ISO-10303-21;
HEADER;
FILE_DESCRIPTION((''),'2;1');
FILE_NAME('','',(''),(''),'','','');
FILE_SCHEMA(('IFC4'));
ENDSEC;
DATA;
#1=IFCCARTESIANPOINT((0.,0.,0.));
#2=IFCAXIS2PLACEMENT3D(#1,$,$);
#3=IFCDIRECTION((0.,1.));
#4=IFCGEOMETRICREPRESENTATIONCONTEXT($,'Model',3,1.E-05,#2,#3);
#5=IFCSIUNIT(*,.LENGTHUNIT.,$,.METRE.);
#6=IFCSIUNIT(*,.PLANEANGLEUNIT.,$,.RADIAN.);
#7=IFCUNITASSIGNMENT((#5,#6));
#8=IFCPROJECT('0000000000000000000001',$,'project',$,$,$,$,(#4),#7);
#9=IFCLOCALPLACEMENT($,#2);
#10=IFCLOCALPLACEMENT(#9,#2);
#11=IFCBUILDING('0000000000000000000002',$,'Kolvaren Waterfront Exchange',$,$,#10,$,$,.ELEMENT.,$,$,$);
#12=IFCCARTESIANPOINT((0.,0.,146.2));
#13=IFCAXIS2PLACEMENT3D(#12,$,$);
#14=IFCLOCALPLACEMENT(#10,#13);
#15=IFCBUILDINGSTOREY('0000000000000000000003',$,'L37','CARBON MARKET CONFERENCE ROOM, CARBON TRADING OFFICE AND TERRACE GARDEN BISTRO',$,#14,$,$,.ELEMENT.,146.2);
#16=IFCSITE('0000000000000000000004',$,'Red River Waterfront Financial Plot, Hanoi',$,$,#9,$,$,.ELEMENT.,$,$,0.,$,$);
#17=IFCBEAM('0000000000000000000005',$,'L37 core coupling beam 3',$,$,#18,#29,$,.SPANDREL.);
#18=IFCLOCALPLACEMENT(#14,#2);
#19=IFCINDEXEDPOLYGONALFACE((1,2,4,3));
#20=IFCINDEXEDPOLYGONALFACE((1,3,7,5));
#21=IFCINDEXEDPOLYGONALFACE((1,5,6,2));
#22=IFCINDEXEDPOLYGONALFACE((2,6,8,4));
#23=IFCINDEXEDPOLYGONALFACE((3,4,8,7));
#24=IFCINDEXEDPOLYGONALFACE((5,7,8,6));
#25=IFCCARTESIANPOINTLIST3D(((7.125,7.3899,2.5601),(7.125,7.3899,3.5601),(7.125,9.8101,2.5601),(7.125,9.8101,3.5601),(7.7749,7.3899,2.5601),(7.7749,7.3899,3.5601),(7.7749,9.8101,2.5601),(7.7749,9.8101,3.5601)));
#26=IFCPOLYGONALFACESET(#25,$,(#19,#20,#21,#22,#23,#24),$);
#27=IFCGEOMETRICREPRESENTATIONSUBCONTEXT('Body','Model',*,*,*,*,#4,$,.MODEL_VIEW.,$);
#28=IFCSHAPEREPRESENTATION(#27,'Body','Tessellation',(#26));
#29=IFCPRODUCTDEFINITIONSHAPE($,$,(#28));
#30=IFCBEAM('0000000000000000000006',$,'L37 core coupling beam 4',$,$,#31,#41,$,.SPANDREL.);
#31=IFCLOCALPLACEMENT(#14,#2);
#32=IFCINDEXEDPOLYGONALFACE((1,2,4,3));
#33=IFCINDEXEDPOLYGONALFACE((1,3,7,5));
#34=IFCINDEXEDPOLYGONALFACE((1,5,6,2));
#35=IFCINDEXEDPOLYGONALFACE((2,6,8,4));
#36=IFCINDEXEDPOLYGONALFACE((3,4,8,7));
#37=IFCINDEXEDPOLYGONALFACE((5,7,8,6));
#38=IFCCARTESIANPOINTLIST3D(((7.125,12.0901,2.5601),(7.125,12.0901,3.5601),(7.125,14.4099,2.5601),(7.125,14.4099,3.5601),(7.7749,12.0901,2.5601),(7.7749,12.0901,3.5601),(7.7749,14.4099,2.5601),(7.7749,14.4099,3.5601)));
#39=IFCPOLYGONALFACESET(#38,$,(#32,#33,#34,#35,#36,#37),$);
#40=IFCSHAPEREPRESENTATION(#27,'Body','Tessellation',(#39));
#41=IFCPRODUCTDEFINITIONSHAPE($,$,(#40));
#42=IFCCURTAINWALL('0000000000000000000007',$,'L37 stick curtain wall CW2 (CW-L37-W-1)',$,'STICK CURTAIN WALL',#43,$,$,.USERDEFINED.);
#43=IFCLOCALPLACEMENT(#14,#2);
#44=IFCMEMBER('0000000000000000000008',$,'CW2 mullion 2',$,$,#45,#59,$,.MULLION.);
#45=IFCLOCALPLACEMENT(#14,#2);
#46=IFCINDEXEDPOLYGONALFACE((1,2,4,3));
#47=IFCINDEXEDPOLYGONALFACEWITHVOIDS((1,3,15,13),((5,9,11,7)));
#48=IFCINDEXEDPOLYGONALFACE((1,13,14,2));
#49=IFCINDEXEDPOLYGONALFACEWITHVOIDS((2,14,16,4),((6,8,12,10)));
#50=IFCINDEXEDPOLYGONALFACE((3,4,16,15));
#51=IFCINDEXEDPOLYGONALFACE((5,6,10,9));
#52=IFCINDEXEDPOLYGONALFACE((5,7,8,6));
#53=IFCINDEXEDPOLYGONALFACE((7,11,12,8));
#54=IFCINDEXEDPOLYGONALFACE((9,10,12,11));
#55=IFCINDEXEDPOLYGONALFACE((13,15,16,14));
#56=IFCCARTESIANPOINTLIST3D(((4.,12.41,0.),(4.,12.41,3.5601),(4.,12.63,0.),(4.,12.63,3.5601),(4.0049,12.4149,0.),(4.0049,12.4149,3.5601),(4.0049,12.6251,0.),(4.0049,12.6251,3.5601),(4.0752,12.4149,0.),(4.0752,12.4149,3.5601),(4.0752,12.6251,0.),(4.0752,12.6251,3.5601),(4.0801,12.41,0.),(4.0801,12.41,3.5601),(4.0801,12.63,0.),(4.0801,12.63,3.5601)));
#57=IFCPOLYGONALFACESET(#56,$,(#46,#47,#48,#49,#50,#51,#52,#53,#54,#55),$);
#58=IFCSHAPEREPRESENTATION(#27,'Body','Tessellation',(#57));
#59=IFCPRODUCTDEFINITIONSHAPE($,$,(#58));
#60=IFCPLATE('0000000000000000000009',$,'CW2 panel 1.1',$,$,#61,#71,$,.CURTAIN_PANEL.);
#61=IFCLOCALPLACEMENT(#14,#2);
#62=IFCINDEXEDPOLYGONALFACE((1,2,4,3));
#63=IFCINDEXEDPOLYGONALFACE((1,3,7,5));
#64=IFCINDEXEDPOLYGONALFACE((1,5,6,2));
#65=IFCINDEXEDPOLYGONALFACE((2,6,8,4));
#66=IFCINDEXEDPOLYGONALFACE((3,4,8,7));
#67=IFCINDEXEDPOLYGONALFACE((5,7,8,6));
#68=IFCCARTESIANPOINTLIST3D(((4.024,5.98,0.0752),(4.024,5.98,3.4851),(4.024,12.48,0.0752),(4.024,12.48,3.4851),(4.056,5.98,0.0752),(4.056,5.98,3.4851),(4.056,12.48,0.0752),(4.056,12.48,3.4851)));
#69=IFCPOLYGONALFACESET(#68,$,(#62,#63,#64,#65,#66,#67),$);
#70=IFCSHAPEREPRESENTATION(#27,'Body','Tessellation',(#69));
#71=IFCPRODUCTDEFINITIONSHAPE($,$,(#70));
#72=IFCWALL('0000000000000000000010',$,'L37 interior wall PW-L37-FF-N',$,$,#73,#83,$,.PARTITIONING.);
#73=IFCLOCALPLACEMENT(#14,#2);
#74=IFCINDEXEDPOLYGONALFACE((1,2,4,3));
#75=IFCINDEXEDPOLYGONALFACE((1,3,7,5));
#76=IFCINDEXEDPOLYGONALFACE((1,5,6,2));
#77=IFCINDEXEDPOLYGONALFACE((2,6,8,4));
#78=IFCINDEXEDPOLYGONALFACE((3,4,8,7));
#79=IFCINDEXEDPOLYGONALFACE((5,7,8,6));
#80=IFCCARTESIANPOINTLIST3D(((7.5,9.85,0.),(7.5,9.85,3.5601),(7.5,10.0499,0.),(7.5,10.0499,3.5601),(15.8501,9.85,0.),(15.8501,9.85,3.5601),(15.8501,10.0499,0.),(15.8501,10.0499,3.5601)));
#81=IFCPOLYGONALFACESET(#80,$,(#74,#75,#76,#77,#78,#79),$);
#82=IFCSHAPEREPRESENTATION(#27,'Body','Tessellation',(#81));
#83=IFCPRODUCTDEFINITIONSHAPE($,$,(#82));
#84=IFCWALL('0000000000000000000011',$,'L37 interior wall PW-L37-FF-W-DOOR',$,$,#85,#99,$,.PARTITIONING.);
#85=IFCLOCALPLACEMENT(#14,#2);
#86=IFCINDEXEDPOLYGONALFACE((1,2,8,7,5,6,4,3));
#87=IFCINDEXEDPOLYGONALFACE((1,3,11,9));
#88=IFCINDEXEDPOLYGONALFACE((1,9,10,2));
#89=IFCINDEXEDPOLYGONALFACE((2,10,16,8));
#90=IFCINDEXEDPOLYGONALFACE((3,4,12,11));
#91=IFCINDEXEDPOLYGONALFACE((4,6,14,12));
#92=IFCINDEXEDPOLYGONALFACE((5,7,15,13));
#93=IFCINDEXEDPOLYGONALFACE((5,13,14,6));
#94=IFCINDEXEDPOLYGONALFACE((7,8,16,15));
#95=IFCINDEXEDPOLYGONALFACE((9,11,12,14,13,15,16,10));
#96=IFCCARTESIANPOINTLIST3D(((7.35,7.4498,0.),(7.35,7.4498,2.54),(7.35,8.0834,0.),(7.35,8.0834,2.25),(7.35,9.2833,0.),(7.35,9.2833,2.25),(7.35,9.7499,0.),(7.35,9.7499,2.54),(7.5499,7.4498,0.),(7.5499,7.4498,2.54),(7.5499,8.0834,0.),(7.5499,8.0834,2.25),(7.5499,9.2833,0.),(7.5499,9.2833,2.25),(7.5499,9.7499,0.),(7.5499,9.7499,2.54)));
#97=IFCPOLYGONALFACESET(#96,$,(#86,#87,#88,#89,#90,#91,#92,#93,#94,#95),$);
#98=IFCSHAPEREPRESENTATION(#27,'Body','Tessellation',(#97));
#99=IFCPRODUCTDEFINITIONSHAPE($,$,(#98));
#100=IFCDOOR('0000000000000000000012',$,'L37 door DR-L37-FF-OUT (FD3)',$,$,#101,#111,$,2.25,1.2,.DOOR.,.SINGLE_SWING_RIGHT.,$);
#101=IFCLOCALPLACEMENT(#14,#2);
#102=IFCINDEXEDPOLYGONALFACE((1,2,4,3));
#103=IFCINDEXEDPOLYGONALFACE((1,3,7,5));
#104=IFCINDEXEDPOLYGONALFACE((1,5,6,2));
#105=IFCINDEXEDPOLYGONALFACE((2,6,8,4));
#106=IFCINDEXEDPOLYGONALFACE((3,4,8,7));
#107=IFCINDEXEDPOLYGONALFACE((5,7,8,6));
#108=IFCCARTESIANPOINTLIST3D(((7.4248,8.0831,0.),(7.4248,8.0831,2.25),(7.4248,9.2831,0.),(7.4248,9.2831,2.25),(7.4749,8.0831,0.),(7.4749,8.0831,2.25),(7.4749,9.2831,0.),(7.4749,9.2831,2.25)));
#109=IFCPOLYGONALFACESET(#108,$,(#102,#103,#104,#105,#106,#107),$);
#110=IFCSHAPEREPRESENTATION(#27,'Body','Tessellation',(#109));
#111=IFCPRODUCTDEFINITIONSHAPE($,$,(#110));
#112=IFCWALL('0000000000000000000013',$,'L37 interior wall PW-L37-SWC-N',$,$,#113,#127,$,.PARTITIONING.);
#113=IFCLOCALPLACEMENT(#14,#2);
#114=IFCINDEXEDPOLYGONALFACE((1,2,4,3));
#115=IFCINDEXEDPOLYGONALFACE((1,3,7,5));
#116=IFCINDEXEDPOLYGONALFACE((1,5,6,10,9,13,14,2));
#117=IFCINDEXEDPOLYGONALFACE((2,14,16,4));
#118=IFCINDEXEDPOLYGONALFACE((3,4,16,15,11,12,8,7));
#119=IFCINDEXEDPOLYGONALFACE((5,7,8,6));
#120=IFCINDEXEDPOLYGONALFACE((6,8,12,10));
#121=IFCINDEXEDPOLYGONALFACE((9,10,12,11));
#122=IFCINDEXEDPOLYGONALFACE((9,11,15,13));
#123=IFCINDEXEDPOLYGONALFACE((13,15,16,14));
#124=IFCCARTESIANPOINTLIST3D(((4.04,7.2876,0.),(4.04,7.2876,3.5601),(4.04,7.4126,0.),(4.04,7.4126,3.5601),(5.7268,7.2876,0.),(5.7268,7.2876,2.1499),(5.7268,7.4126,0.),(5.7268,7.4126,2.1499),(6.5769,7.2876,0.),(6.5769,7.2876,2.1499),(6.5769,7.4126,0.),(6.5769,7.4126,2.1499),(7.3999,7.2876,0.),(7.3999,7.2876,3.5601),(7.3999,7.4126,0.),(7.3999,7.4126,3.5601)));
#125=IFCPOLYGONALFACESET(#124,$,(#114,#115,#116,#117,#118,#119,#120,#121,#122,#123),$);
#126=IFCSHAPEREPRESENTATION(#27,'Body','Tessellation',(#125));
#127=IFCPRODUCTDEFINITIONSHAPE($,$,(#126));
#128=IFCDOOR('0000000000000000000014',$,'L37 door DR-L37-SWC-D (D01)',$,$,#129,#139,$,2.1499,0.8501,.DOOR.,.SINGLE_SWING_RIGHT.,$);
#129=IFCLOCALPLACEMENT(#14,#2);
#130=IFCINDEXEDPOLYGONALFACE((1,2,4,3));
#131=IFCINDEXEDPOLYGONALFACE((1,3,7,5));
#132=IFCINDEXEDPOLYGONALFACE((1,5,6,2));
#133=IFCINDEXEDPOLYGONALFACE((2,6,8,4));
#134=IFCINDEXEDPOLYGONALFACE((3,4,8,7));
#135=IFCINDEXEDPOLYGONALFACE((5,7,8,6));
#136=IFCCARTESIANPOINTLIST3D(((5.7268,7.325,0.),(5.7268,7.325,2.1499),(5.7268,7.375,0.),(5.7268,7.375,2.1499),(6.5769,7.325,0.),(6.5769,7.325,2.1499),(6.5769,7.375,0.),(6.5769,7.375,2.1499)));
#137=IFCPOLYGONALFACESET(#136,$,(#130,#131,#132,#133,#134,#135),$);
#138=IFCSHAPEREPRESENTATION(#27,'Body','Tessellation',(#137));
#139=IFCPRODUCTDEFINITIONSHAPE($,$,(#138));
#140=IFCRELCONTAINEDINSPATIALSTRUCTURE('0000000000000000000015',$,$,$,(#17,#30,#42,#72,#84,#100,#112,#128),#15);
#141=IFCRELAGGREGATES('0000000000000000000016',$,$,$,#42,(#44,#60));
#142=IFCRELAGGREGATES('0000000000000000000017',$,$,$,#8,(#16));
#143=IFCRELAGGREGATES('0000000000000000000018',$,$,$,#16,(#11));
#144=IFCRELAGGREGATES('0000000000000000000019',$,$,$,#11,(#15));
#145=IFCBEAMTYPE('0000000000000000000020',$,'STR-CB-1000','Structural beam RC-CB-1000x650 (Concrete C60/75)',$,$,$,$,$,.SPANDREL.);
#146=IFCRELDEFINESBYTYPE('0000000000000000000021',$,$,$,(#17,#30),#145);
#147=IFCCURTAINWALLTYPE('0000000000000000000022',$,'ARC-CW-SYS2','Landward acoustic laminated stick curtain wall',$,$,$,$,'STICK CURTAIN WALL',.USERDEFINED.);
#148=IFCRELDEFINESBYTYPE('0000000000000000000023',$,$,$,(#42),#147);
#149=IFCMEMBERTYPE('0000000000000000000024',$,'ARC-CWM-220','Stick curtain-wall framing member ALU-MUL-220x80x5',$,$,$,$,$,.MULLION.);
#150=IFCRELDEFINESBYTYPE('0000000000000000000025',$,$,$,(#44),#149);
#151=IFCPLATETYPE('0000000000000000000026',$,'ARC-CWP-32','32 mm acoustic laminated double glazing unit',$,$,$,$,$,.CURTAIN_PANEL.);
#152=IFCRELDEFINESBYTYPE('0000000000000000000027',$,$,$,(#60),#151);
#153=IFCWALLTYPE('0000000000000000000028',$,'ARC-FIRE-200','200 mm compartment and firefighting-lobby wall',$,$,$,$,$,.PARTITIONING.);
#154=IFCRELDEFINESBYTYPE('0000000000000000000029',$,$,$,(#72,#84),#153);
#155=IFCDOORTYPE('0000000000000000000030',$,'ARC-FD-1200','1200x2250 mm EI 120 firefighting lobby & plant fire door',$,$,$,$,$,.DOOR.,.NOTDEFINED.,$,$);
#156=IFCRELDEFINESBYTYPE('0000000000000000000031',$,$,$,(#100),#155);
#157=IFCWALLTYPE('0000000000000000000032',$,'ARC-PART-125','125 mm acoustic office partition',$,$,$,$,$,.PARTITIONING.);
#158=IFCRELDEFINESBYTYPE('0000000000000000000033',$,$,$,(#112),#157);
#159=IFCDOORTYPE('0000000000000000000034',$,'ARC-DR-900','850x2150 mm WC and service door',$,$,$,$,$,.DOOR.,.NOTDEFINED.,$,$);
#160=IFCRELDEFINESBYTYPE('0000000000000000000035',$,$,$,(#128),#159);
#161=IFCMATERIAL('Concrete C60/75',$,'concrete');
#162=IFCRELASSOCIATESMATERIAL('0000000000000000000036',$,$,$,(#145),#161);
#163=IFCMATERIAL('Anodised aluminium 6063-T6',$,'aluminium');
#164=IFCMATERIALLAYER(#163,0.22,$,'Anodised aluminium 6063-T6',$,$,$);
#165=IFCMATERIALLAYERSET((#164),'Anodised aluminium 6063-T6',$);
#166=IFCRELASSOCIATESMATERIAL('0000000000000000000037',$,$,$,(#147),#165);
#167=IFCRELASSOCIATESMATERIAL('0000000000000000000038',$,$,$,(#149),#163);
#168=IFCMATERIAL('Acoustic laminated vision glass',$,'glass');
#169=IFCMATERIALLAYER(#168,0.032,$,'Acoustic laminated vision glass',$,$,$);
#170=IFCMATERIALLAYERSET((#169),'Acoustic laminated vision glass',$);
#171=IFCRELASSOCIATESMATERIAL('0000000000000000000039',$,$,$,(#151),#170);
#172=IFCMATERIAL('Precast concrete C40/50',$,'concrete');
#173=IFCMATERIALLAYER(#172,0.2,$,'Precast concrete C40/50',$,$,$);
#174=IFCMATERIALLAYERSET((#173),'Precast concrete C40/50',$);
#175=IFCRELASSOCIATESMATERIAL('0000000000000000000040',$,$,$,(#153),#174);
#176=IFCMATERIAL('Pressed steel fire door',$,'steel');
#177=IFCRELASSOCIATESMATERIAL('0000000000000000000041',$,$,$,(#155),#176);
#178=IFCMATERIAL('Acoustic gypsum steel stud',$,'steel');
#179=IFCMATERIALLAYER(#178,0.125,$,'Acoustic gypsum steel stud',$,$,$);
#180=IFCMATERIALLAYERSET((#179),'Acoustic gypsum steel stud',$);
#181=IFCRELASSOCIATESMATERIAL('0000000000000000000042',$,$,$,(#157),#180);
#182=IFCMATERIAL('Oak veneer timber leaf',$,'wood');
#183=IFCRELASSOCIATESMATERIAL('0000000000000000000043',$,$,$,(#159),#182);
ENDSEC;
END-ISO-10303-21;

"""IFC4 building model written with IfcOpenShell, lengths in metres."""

from ifc_helpers import new_model, si_unit, direction, frame, frame_2d, origin, origin_with_axes, origin_2d, place, context, subcontext, project, spatial, rectangle, hollow_rectangle, extrude, source, transform, mapped, material, layer, layer_set, material_profile, profile_set, type_object, element, fill, aggregate, save


model = new_model("IFC4")

# Units and contexts
model_context = context("Model", 3, precision=1e-05, world=origin(), true_north=direction((0.0, 1.0)))
body_context = subcontext(model_context, "Body", "Model", "MODEL_VIEW")
ifc_project = project(units=[si_unit("LENGTHUNIT", "METRE"), si_unit("PLANEANGLEUNIT", "RADIAN")], contexts=[model_context])

# Site, building, storey
site_placement = place(None, origin())
site = spatial("IfcSite", under=ifc_project, at=site_placement, Name="Red River Waterfront Financial Plot, Hanoi", CompositionType="ELEMENT", RefElevation=0.0)
building_placement = place(site_placement, origin())
building = spatial("IfcBuilding", under=site, at=building_placement, Name="Kolvaren Waterfront Exchange", CompositionType="ELEMENT")
storey_placement = place(building_placement, frame((0.0, 0.0, 146.2)))
storey = spatial("IfcBuildingStorey", under=building, at=storey_placement, Name="L37", Description="CARBON MARKET CONFERENCE ROOM, CARBON TRADING OFFICE AND TERRACE GARDEN BISTRO", CompositionType="ELEMENT", Elevation=146.2)

# Beams
ifc_material_1 = material(Name="Concrete C60/75", Category="concrete")
ifc_material_profile_1 = material_profile(ifc_material_1, rectangle(XDim=0.6499, YDim=1.0, at=origin_2d()), Name="RC-CB-1000x650")
ifc_profile_set_1 = profile_set([ifc_material_profile_1], Name="Concrete C60/75")
beam_type = type_object("IfcBeamType", Name="STR-CB-1000", Description="Structural beam RC-CB-1000x650 (Concrete C60/75)", PredefinedType="SPANDREL", material=ifc_profile_set_1)
beam_1_placement = place(storey_placement, frame((7.45, 7.3899, 3.0601), z_axis=(0.0, 1.0, 0.0), x_axis=(-1.0, 0.0, 0.0)))
element("IfcBeam", 1, at=beam_1_placement, inside=storey, type_object=beam_type, Name="L37 core coupling beam 3", PredefinedType="SPANDREL", context=body_context, shape_type="SweptSolid", body=[
    extrude(rectangle(XDim=0.6499, YDim=1.0, at=origin_2d()), origin(), (0.0, 0.0, 1.0), 2.4202),
])
beam_2_placement = place(storey_placement, frame((7.45, 12.0901, 3.0601), z_axis=(0.0, 1.0, 0.0), x_axis=(-1.0, 0.0, 0.0)))
element("IfcBeam", 2, at=beam_2_placement, inside=storey, type_object=beam_type, Name="L37 core coupling beam 4", PredefinedType="SPANDREL", context=body_context, shape_type="SweptSolid", body=[
    extrude(rectangle(XDim=0.6499, YDim=1.0, at=origin_2d()), origin(), (0.0, 0.0, 1.0), 2.3198),
])

# Curtain wall, member, plate
ifc_material_2 = material(Name="Anodised aluminium 6063-T6", Category="aluminium")
ifc_layer_1 = layer(ifc_material_2, 0.22, Name="Anodised aluminium 6063-T6")
ifc_layer_set_1 = layer_set([ifc_layer_1], Name="Anodised aluminium 6063-T6")
curtain_wall_type = type_object("IfcCurtainWallType", Name="ARC-CW-SYS2", Description="Landward acoustic laminated stick curtain wall", ElementType="STICK CURTAIN WALL", PredefinedType="USERDEFINED", material=ifc_layer_set_1)
curtain_wall_placement = place(storey_placement, origin())
curtain_wall = element("IfcCurtainWall", 3, at=curtain_wall_placement, inside=storey, type_object=curtain_wall_type, Name="L37 stick curtain wall CW2 (CW-L37-W-1)", ObjectType="STICK CURTAIN WALL", PredefinedType="USERDEFINED")
ifc_material_profile_2 = material_profile(ifc_material_2, hollow_rectangle(XDim=0.0801, YDim=0.22, WallThickness=0.0049, at=origin_2d()), Name="ALU-MUL-220x80x5")
ifc_profile_set_2 = profile_set([ifc_material_profile_2], Name="Anodised aluminium 6063-T6")
member_type = type_object("IfcMemberType", Name="ARC-CWM-220", Description="Stick curtain-wall framing member ALU-MUL-220x80x5", PredefinedType="MULLION", material=ifc_profile_set_2)
shared_shape_1 = source(origin_with_axes(), body_context, "Body", "SweptSolid", [
    extrude(hollow_rectangle(XDim=0.0801, YDim=0.22, WallThickness=0.0049, at=origin_2d()), origin(), (0.0, 0.0, 1.0), 3.5601),
])
member_placement = place(storey_placement, frame((4.04, 12.52, 0.0), z_axis=(0.0, 0.0, 1.0), x_axis=(-1.0, 0.0, 0.0)))
member = element("IfcMember", 4, at=member_placement, type_object=member_type, Name="CW2 mullion 2", PredefinedType="MULLION", context=body_context, shape_type="MappedRepresentation", body=[
    mapped(shared_shape_1, transform((0.0, 0.0, 0.0), x_axis=(1.0, 0.0, 0.0), y_axis=(0.0, 1.0, 0.0), z_axis=(0.0, 0.0, 1.0), scale=1.0)),
])
ifc_material_3 = material(Name="Acoustic laminated vision glass", Category="glass")
ifc_layer_2 = layer(ifc_material_3, 0.032, Name="Acoustic laminated vision glass")
ifc_layer_set_2 = layer_set([ifc_layer_2], Name="Acoustic laminated vision glass")
plate_type = type_object("IfcPlateType", Name="ARC-CWP-32", Description="32 mm acoustic laminated double glazing unit", PredefinedType="CURTAIN_PANEL", material=ifc_layer_set_2)
shared_shape_2 = source(origin_with_axes(), body_context, "Body", "SweptSolid", [
    extrude(rectangle(XDim=6.5, YDim=0.032, at=origin_2d()), origin(), (0.0, 0.0, 1.0), 3.4099),
])
plate_placement = place(storey_placement, frame((4.04, 9.23, 0.0752), z_axis=(0.0, 0.0, 1.0), x_axis=(0.0, 1.0, 0.0)))
plate = element("IfcPlate", 5, at=plate_placement, type_object=plate_type, Name="CW2 panel 1.1", PredefinedType="CURTAIN_PANEL", context=body_context, shape_type="MappedRepresentation", body=[
    mapped(shared_shape_2, transform((0.0, 0.0, 0.0), x_axis=(1.0, 0.0, 0.0), y_axis=(0.0, 1.0, 0.0), z_axis=(0.0, 0.0, 1.0), scale=1.0)),
])
aggregate(curtain_wall, [member, plate])

# Wall
ifc_material_4 = material(Name="Precast concrete C40/50", Category="concrete")
ifc_layer_3 = layer(ifc_material_4, 0.2, Name="Precast concrete C40/50")
ifc_layer_set_3 = layer_set([ifc_layer_3], Name="Precast concrete C40/50")
wall_type_1 = type_object("IfcWallType", Name="ARC-FIRE-200", Description="200 mm compartment and firefighting-lobby wall", PredefinedType="PARTITIONING", material=ifc_layer_set_3)
wall_1_placement = place(storey_placement, frame((7.5, 9.95, 0.0), z_axis=(0.0, 0.0, 1.0), x_axis=(1.0, 0.0, 0.0)))
element("IfcWall", 6, at=wall_1_placement, inside=storey, type_object=wall_type_1, Name="L37 interior wall PW-L37-FF-N", PredefinedType="PARTITIONING", context=body_context, shape_type="SweptSolid", body=[
    extrude(rectangle(XDim=8.3501, YDim=0.2, at=frame_2d((4.175, 0.0))), origin(), (0.0, 0.0, 1.0), 3.5601),
])

# Walls, openings, doors
wall_2_placement = place(storey_placement, frame((7.45, 7.45, 0.0), z_axis=(0.0, 0.0, 1.0), x_axis=(0.0, 1.0, 0.0)))
wall_2 = element("IfcWall", 7, at=wall_2_placement, inside=storey, type_object=wall_type_1, Name="L37 interior wall PW-L37-FF-W-DOOR", PredefinedType="PARTITIONING", context=body_context, shape_type="SweptSolid", body=[
    extrude(rectangle(XDim=2.3, YDim=0.2, at=frame_2d((1.1499, 0.0))), origin(), (0.0, 0.0, 1.0), 2.54),
])
opening_1_placement = place(wall_2_placement, frame((0.6333, 0.0, 0.0)))
opening_1 = element("IfcOpeningElement", 8, at=opening_1_placement, cuts=wall_2, PredefinedType="OPENING", context=body_context, shape_type="SweptSolid", body=[
    extrude(rectangle(XDim=1.2, YDim=2.25, at=frame_2d((0.6001, 1.125))), frame((0.0, 0.1099, 0.0), z_axis=(0.0, -1.0, 0.0), x_axis=(1.0, 0.0, 0.0)), (0.0, 0.0, 1.0), 0.22),
])
ifc_material_5 = material(Name="Pressed steel fire door", Category="steel")
door_type_1 = type_object("IfcDoorType", Name="ARC-FD-1200", Description="1200x2250 mm EI 120 firefighting lobby & plant fire door", OperationType="NOTDEFINED", PredefinedType="DOOR", material=ifc_material_5)
door_1_placement = place(opening_1_placement, frame((1.2, 0.0, 0.0), z_axis=(0.0, 0.0, 1.0), x_axis=(-1.0, 0.0, 0.0)))
door_1 = element("IfcDoor", 9, at=door_1_placement, inside=storey, type_object=door_type_1, Name="L37 door DR-L37-FF-OUT (FD3)", OperationType="SINGLE_SWING_RIGHT", OverallHeight=2.25, OverallWidth=1.2, PredefinedType="DOOR", context=body_context, shape_type="SweptSolid", body=[
    extrude(rectangle(XDim=1.2, YDim=2.25, at=frame_2d((0.6001, 1.125))), frame((0.0, 0.0249, 0.0), z_axis=(0.0, -1.0, 0.0), x_axis=(1.0, 0.0, 0.0)), (0.0, 0.0, 1.0), 0.05),
])
fill(opening_1, door_1)
ifc_material_6 = material(Name="Acoustic gypsum steel stud", Category="steel")
ifc_layer_4 = layer(ifc_material_6, 0.125, Name="Acoustic gypsum steel stud")
ifc_layer_set_4 = layer_set([ifc_layer_4], Name="Acoustic gypsum steel stud")
wall_type_2 = type_object("IfcWallType", Name="ARC-PART-125", Description="125 mm acoustic office partition", PredefinedType="PARTITIONING", material=ifc_layer_set_4)
wall_3_placement = place(storey_placement, frame((4.04, 7.3501, 0.0), z_axis=(0.0, 0.0, 1.0), x_axis=(1.0, 0.0, 0.0)))
wall_3 = element("IfcWall", 10, at=wall_3_placement, inside=storey, type_object=wall_type_2, Name="L37 interior wall PW-L37-SWC-N", PredefinedType="PARTITIONING", context=body_context, shape_type="SweptSolid", body=[
    extrude(rectangle(XDim=3.3599, YDim=0.125, at=frame_2d((1.6799, 0.0))), origin(), (0.0, 0.0, 1.0), 3.5601),
])
opening_2_placement = place(wall_3_placement, frame((1.6868, 0.0, 0.0)))
opening_2 = element("IfcOpeningElement", 11, at=opening_2_placement, cuts=wall_3, PredefinedType="OPENING", context=body_context, shape_type="SweptSolid", body=[
    extrude(rectangle(XDim=0.8501, YDim=2.1499, at=frame_2d((0.425, 1.075))), frame((0.0, 0.0725, 0.0), z_axis=(0.0, -1.0, 0.0), x_axis=(1.0, 0.0, 0.0)), (0.0, 0.0, 1.0), 0.145),
])
ifc_material_7 = material(Name="Oak veneer timber leaf", Category="wood")
door_type_2 = type_object("IfcDoorType", Name="ARC-DR-900", Description="850x2150 mm WC and service door", OperationType="NOTDEFINED", PredefinedType="DOOR", material=ifc_material_7)
door_2_placement = place(opening_2_placement, origin())
door_2 = element("IfcDoor", 12, at=door_2_placement, inside=storey, type_object=door_type_2, Name="L37 door DR-L37-SWC-D (D01)", OperationType="SINGLE_SWING_RIGHT", OverallHeight=2.1499, OverallWidth=0.8501, PredefinedType="DOOR", context=body_context, shape_type="SweptSolid", body=[
    extrude(rectangle(XDim=0.8501, YDim=2.1499, at=frame_2d((0.425, 1.075))), frame((0.0, 0.0249, 0.0), z_axis=(0.0, -1.0, 0.0), x_axis=(1.0, 0.0, 0.0)), (0.0, 0.0, 1.0), 0.05),
])
fill(opening_2, door_2)

save(model, "model.ifc")
